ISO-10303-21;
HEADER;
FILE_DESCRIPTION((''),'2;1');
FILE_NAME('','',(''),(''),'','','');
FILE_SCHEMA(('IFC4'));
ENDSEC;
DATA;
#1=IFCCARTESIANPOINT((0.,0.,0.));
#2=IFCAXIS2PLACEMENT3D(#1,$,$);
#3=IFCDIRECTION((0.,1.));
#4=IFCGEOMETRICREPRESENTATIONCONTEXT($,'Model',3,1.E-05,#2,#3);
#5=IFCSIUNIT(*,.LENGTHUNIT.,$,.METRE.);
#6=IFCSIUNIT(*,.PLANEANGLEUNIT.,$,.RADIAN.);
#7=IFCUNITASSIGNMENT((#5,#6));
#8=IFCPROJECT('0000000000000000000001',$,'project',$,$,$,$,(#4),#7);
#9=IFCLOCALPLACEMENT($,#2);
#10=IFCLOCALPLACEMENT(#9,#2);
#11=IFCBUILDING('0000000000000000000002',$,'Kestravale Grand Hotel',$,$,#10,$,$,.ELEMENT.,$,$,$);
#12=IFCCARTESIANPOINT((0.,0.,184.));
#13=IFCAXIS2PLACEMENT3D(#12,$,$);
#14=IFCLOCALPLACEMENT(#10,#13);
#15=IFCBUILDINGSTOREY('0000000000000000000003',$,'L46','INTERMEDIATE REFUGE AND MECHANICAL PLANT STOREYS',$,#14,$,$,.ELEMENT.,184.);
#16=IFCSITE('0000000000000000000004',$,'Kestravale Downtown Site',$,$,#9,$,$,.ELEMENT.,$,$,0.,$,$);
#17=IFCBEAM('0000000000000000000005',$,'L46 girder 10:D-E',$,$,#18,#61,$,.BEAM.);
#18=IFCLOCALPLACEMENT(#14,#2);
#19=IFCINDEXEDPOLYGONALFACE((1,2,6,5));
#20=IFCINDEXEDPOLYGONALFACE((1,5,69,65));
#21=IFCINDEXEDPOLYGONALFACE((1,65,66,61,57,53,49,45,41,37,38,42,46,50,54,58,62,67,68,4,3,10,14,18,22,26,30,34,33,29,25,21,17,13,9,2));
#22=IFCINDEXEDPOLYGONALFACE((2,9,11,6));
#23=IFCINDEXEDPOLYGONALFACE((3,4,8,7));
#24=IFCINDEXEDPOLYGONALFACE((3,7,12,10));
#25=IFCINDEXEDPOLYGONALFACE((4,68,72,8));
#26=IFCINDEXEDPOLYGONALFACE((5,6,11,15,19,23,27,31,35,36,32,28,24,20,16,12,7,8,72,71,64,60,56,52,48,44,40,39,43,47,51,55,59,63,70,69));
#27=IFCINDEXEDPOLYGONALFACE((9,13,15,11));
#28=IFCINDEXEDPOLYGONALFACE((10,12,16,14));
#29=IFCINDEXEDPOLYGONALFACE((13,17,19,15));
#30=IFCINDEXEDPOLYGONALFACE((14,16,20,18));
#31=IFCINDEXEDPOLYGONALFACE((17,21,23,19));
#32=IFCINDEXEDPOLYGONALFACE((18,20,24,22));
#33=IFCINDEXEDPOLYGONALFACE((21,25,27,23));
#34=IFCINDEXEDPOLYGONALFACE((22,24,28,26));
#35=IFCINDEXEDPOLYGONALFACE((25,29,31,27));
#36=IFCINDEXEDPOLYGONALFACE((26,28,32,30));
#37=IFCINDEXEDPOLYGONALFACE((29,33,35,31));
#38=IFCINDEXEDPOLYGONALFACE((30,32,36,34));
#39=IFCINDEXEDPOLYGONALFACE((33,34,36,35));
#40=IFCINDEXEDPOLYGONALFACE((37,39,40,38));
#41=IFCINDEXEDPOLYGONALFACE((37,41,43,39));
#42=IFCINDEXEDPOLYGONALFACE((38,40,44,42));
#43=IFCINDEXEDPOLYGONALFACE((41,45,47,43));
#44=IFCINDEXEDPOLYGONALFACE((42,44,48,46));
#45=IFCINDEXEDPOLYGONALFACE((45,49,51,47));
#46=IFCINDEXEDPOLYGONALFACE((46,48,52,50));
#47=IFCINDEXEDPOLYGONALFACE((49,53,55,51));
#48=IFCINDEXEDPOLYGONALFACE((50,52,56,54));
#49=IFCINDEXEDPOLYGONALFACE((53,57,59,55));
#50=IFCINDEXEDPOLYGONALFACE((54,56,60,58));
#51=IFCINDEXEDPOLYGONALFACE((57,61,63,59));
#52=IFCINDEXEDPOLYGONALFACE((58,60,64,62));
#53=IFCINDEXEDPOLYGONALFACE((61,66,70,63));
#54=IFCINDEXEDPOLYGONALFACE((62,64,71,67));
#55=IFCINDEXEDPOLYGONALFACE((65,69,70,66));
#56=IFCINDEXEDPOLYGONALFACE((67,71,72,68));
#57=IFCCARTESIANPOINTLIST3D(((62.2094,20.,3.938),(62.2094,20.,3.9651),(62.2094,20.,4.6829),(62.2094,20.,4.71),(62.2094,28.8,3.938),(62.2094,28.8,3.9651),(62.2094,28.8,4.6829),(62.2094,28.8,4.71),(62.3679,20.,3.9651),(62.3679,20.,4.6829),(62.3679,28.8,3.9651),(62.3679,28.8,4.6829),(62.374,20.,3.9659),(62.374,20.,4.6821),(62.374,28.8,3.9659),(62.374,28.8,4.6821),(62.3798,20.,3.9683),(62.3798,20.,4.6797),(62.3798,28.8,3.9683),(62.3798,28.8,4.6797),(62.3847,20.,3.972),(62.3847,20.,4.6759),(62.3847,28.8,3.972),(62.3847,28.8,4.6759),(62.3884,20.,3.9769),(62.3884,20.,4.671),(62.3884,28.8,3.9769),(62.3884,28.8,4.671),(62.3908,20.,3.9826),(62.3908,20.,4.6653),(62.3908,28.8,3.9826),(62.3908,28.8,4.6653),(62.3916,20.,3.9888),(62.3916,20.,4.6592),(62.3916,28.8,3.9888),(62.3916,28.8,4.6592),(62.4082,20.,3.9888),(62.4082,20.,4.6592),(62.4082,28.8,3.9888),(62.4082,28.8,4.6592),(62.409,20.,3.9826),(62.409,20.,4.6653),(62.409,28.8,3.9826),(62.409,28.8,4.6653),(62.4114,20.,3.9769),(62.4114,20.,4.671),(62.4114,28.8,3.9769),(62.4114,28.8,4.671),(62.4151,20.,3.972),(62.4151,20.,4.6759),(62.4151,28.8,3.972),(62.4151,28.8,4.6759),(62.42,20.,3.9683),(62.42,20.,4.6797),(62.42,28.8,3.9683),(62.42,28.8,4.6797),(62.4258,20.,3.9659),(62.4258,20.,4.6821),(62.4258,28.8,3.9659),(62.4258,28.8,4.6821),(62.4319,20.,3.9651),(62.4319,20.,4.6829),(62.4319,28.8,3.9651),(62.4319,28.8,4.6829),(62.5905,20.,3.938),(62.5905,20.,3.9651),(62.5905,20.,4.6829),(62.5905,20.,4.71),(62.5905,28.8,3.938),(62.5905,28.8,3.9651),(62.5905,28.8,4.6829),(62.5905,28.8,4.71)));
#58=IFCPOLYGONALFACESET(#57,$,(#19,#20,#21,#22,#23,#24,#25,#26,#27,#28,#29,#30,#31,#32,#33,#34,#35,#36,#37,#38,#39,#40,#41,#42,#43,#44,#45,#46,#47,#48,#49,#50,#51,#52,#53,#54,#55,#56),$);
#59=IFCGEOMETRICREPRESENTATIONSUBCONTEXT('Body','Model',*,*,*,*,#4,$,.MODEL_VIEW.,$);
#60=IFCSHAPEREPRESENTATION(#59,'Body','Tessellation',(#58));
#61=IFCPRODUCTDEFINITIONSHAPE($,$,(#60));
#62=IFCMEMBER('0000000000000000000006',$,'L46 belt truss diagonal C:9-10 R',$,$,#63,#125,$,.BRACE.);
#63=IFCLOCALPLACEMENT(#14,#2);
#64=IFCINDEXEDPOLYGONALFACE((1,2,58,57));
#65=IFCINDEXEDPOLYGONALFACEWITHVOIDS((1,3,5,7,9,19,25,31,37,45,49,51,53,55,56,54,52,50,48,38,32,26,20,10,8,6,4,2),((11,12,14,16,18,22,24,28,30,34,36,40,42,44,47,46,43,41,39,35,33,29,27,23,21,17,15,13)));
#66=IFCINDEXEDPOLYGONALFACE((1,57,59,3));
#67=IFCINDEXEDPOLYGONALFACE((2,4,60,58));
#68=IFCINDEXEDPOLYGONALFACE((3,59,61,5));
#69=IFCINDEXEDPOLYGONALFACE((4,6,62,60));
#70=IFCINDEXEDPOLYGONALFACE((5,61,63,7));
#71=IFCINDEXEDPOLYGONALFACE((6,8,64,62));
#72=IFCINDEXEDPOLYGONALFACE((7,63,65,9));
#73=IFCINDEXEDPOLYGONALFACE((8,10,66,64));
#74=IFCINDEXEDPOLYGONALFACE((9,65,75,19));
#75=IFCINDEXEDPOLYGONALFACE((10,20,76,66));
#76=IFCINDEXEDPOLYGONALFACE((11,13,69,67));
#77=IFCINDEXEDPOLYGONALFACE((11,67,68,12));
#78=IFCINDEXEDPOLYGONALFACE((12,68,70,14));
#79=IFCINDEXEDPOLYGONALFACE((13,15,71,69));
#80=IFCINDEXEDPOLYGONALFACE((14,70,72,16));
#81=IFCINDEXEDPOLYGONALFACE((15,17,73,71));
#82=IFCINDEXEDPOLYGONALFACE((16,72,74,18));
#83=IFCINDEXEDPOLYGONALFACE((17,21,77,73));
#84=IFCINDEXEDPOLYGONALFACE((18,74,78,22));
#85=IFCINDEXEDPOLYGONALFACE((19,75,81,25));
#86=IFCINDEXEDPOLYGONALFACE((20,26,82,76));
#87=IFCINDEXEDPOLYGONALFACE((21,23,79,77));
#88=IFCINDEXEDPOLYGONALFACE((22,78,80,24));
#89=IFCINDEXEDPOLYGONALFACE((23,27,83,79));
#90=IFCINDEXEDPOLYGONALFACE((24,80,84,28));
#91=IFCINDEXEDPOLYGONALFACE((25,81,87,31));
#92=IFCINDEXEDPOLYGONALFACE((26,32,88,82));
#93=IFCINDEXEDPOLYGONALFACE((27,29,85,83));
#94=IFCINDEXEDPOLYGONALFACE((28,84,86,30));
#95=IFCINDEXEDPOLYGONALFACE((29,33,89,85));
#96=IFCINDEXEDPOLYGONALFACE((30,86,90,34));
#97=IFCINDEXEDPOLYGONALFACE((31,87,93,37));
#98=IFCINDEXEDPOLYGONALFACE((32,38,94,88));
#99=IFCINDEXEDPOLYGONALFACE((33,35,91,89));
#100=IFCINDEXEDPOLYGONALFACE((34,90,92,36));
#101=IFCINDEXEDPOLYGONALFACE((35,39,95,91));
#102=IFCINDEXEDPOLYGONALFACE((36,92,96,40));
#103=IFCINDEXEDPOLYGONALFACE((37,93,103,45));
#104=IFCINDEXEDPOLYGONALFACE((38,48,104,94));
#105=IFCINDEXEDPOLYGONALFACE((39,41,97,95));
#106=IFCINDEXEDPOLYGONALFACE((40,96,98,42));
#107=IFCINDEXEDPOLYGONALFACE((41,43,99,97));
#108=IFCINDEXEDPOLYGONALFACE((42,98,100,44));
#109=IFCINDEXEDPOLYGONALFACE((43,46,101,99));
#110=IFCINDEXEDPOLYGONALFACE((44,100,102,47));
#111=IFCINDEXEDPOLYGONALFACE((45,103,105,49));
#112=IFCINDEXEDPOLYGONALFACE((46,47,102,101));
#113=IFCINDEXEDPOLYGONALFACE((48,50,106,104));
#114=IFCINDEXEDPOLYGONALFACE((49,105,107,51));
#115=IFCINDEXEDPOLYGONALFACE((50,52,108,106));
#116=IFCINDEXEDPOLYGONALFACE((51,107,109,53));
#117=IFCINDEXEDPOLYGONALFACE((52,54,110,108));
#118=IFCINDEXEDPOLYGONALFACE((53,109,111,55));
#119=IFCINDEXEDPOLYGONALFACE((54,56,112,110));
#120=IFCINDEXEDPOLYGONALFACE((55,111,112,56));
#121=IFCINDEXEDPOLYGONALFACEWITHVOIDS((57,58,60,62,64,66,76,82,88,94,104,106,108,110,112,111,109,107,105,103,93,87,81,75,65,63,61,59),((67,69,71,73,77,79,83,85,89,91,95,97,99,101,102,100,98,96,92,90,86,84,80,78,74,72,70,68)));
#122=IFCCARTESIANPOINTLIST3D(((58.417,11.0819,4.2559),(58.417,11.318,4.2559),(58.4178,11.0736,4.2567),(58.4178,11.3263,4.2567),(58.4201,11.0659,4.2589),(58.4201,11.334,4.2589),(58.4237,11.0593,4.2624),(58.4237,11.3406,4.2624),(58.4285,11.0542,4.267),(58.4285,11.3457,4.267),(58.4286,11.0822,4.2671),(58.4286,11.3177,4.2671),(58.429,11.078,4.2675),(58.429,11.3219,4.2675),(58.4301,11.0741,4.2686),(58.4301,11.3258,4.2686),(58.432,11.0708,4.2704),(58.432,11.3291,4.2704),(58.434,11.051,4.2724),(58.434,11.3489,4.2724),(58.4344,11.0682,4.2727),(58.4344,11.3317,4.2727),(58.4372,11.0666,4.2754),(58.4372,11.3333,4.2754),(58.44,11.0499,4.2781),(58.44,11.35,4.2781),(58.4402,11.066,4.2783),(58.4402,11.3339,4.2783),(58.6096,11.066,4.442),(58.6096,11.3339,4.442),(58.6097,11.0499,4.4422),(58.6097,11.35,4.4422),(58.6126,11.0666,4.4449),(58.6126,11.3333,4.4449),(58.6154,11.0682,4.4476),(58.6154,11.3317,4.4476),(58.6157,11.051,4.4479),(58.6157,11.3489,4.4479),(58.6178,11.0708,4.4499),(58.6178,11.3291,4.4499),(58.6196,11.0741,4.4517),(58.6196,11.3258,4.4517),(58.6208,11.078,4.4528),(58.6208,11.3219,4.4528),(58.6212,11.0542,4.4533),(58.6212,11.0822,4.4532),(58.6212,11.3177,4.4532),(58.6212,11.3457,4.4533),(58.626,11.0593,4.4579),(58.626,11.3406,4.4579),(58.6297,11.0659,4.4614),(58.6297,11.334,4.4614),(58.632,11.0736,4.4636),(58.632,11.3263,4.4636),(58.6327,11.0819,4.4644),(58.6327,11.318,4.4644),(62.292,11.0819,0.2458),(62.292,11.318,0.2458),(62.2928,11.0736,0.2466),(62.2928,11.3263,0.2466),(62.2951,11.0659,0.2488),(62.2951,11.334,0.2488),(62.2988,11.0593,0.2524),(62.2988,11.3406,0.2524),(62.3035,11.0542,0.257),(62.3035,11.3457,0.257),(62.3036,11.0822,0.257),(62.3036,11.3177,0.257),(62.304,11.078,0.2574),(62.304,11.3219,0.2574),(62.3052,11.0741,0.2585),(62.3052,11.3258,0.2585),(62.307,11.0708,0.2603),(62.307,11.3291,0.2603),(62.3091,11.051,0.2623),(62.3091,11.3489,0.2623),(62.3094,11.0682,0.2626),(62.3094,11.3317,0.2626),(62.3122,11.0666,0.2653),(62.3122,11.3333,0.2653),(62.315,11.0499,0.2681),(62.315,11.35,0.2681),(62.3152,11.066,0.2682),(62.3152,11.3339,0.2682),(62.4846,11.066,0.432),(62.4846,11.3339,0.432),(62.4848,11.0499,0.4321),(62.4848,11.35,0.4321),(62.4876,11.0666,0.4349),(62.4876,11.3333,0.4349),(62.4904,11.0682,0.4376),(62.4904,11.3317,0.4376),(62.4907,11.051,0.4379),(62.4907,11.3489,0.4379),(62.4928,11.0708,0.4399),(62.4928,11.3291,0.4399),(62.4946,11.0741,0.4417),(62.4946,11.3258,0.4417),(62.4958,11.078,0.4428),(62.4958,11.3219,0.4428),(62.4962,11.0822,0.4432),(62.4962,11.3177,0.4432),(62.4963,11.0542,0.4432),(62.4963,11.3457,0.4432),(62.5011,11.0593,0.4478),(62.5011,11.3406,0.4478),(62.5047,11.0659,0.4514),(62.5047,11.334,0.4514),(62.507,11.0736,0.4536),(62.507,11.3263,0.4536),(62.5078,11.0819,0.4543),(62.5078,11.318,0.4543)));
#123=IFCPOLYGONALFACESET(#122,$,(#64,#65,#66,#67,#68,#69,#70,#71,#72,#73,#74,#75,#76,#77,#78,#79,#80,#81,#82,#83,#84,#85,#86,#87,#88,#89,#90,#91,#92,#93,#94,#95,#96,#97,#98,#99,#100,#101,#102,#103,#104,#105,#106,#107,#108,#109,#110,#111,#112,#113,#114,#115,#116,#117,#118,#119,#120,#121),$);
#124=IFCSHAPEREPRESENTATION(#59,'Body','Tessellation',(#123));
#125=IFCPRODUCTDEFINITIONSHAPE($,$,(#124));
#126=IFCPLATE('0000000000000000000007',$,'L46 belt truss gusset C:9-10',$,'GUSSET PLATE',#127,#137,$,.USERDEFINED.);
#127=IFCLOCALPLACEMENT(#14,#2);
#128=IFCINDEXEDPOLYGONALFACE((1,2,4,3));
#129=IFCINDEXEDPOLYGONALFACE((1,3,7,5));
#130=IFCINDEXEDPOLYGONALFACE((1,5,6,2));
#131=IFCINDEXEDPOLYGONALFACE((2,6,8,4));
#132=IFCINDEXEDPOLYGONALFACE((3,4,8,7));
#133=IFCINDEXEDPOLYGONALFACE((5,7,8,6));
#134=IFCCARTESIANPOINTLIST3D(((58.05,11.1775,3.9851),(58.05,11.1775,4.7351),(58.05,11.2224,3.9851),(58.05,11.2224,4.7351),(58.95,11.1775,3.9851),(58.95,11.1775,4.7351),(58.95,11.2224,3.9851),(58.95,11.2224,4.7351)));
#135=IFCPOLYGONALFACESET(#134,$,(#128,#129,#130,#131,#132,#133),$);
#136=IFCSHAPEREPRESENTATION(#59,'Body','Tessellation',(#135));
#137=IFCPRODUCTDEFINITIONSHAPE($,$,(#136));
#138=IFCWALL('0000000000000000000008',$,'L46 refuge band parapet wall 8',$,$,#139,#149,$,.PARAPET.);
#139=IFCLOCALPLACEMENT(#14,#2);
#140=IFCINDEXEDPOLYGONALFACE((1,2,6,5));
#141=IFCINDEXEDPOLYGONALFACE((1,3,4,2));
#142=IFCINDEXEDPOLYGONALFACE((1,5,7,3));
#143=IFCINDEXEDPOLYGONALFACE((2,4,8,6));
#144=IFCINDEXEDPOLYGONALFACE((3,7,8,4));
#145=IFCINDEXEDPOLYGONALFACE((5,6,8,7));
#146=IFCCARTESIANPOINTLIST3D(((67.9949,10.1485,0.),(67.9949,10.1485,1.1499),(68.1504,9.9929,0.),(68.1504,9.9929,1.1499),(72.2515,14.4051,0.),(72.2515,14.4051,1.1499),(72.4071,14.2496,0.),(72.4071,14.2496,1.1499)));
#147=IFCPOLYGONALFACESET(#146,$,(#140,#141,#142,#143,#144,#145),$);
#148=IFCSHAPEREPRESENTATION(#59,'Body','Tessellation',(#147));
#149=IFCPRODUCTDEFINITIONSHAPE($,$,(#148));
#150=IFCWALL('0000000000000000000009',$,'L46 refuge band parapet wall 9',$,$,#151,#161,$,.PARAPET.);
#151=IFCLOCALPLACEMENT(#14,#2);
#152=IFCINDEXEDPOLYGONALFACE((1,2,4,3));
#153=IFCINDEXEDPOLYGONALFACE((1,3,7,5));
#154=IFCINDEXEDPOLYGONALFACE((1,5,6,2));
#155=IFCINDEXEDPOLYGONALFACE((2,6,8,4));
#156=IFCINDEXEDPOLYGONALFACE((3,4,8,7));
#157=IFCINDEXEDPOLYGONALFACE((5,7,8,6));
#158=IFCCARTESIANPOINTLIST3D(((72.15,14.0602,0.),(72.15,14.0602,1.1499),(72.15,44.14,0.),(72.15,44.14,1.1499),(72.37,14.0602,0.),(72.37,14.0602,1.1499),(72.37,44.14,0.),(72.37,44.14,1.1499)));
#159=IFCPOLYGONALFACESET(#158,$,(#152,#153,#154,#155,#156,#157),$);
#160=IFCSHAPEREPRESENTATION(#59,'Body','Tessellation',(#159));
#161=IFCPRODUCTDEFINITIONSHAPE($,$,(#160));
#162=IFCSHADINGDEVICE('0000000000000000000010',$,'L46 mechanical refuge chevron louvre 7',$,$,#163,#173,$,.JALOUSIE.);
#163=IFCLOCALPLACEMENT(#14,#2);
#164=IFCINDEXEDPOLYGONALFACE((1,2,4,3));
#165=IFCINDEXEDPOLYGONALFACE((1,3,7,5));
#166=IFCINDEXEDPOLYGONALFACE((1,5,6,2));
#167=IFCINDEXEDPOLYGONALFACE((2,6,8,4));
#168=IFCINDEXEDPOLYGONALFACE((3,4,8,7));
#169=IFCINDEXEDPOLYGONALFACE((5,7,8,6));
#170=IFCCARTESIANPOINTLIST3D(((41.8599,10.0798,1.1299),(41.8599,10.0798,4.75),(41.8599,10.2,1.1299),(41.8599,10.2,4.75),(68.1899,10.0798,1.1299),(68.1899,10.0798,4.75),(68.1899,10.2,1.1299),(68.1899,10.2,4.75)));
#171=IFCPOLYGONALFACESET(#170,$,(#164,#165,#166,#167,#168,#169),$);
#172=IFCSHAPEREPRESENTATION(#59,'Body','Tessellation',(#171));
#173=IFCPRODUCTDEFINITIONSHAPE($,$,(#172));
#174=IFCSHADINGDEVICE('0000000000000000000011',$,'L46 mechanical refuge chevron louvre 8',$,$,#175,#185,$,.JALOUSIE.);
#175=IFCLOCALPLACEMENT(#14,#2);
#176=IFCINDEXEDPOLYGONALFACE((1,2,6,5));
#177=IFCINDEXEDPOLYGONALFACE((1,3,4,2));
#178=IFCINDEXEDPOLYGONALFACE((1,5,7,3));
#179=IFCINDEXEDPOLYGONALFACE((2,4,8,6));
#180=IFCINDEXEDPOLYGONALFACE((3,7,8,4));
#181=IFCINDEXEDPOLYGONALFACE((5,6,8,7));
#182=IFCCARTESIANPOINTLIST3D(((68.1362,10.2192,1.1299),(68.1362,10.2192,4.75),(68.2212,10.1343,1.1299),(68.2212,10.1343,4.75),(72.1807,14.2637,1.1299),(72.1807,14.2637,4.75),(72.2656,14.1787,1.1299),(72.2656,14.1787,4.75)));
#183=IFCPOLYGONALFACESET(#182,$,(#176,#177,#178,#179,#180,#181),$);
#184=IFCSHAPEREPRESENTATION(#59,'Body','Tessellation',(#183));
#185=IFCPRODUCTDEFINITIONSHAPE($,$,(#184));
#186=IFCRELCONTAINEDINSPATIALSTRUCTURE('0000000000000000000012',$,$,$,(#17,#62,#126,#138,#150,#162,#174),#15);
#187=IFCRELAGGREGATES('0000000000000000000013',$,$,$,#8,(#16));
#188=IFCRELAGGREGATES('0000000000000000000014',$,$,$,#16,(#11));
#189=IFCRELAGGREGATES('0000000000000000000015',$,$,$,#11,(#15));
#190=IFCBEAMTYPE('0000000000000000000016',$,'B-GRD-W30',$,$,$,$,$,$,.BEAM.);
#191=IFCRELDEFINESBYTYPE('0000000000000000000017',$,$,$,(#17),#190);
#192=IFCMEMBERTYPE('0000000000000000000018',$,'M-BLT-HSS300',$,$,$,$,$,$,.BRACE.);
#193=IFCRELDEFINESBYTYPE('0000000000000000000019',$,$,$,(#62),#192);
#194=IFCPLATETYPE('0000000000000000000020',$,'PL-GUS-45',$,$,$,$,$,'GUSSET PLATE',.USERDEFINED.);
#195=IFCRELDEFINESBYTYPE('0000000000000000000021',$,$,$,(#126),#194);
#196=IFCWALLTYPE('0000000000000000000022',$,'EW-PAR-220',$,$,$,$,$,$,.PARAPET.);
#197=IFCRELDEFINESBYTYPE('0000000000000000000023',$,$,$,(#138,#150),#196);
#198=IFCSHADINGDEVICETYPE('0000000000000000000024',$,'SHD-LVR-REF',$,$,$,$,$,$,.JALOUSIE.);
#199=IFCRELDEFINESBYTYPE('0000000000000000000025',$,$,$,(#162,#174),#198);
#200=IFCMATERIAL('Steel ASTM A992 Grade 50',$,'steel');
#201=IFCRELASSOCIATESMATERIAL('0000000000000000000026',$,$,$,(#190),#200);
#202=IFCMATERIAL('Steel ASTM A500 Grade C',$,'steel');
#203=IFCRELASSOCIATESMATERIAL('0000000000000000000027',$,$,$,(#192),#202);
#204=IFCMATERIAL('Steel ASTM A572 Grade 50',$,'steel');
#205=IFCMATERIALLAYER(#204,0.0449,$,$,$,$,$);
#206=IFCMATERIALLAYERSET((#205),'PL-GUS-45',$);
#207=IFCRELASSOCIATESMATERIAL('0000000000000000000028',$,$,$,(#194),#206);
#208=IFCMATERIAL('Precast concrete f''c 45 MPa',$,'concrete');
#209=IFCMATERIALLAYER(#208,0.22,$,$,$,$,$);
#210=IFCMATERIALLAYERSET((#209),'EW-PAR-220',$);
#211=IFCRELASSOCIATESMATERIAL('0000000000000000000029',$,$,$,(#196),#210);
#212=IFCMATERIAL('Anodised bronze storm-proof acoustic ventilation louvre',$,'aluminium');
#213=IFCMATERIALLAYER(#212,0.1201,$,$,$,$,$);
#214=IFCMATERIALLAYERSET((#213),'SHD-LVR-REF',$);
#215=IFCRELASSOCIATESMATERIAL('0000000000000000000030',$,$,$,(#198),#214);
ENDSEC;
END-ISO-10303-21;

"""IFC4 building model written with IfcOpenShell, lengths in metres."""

from ifc_helpers import new_model, si_unit, direction, frame, frame_2d, origin, origin_2d, place, context, subcontext, project, spatial, rectangle, hollow_rectangle, i_section, extrude, material, layer, layer_set, material_profile, profile_set, type_object, element, save


model = new_model("IFC4")

# Units and contexts
model_context = context("Model", 3, precision=1e-05, world=origin(), true_north=direction((0.0, 1.0)))
body_context = subcontext(model_context, "Body", "Model", "MODEL_VIEW")
ifc_project = project(units=[si_unit("LENGTHUNIT", "METRE"), si_unit("PLANEANGLEUNIT", "RADIAN")], contexts=[model_context])

# Site, building, storey
site_placement = place(None, origin())
site = spatial("IfcSite", under=ifc_project, at=site_placement, Name="Kestravale Downtown Site", CompositionType="ELEMENT", RefElevation=0.0)
building_placement = place(site_placement, origin())
building = spatial("IfcBuilding", under=site, at=building_placement, Name="Kestravale Grand Hotel", CompositionType="ELEMENT")
storey_placement = place(building_placement, frame((0.0, 0.0, 184.0)))
storey = spatial("IfcBuildingStorey", under=building, at=storey_placement, Name="L46", Description="INTERMEDIATE REFUGE AND MECHANICAL PLANT STOREYS", CompositionType="ELEMENT", Elevation=184.0)

# Beam
ifc_material_1 = material(Name="Steel ASTM A992 Grade 50", Category="steel")
ifc_material_profile_1 = material_profile(ifc_material_1, i_section(OverallWidth=0.3811, OverallDepth=0.772, WebThickness=0.0166, FlangeThickness=0.0271, FilletRadius=0.0237, at=origin_2d()))
ifc_profile_set_1 = profile_set([ifc_material_profile_1], Name="Steel ASTM A992 Grade 50")
beam_type_1 = type_object("IfcBeamType", Name="B-GRD-W30", PredefinedType="BEAM", material=ifc_profile_set_1)
beam_1_placement = place(storey_placement, frame((62.3999, 20.0, 4.324), z_axis=(0.0, 1.0, 0.0), x_axis=(-1.0, 0.0, 0.0)))
element("IfcBeam", 1, at=beam_1_placement, inside=storey, type_object=beam_type_1, Name="L46 girder 10:D-E", PredefinedType="BEAM", context=body_context, shape_type="SweptSolid", body=[
    extrude(i_section(OverallWidth=0.3811, OverallDepth=0.772, WebThickness=0.0166, FlangeThickness=0.0271, FilletRadius=0.0237, at=origin_2d()), origin(), (0.0, 0.0, 1.0), 8.8),
])

# Member
ifc_material_2 = material(Name="Steel ASTM A500 Grade C", Category="steel")
ifc_material_profile_2 = material_profile(ifc_material_2, hollow_rectangle(XDim=0.3, YDim=0.3, WallThickness=0.0161, InnerFilletRadius=0.0161, OuterFilletRadius=0.032, at=origin_2d()))
ifc_profile_set_2 = profile_set([ifc_material_profile_2], Name="Steel ASTM A500 Grade C")
member_type = type_object("IfcMemberType", Name="M-BLT-HSS300", PredefinedType="BRACE", material=ifc_profile_set_2)
member_placement = place(storey_placement, frame((62.3999, 11.2, 0.3501), z_axis=(-0.694898, 0.0, 0.719109), x_axis=(0.0, -1.0, 0.0)))
element("IfcMember", 2, at=member_placement, inside=storey, type_object=member_type, Name="L46 belt truss diagonal C:9-10 R", PredefinedType="BRACE", context=body_context, shape_type="SweptSolid", body=[
    extrude(hollow_rectangle(XDim=0.3, YDim=0.3, WallThickness=0.0161, InnerFilletRadius=0.0161, OuterFilletRadius=0.032, at=origin_2d()), origin(), (0.0, 0.0, 1.0), 5.5764),
])

# Plate
ifc_material_3 = material(Name="Steel ASTM A572 Grade 50", Category="steel")
ifc_layer_1 = layer(ifc_material_3, 0.0449)
ifc_layer_set_1 = layer_set([ifc_layer_1], Name="PL-GUS-45")
plate_type = type_object("IfcPlateType", Name="PL-GUS-45", ElementType="GUSSET PLATE", PredefinedType="USERDEFINED", material=ifc_layer_set_1)
plate_placement = place(storey_placement, frame((58.5, 11.2, 3.9851), z_axis=(0.0, 0.0, 1.0), x_axis=(1.0, 0.0, 0.0)))
element("IfcPlate", 3, at=plate_placement, inside=storey, type_object=plate_type, Name="L46 belt truss gusset C:9-10", ObjectType="GUSSET PLATE", PredefinedType="USERDEFINED", context=body_context, shape_type="SweptSolid", body=[
    extrude(rectangle(XDim=0.8999, YDim=0.0449, at=origin_2d()), origin(), (0.0, 0.0, 1.0), 0.75),
])

# Walls
ifc_material_4 = material(Name="Precast concrete f'c 45 MPa", Category="concrete")
ifc_layer_2 = layer(ifc_material_4, 0.22)
ifc_layer_set_2 = layer_set([ifc_layer_2], Name="EW-PAR-220")
wall_type = type_object("IfcWallType", Name="EW-PAR-220", PredefinedType="PARAPET", material=ifc_layer_set_2)
wall_1_placement = place(storey_placement, frame((68.0728, 10.0708, 0.0), z_axis=(0.0, 0.0, 1.0), x_axis=(0.707107, 0.707107, 0.0)))
element("IfcWall", 4, at=wall_1_placement, inside=storey, type_object=wall_type, Name="L46 refuge band parapet wall 8", PredefinedType="PARAPET", context=body_context, shape_type="SweptSolid", body=[
    extrude(rectangle(XDim=6.0198, YDim=0.22, at=frame_2d((3.0098, 0.0))), origin(), (0.0, 0.0, 1.0), 1.1499),
])
wall_2_placement = place(storey_placement, frame((72.26, 14.0601, 0.0), z_axis=(0.0, 0.0, 1.0), x_axis=(0.0, 1.0, 0.0)))
element("IfcWall", 5, at=wall_2_placement, inside=storey, type_object=wall_type, Name="L46 refuge band parapet wall 9", PredefinedType="PARAPET", context=body_context, shape_type="SweptSolid", body=[
    extrude(rectangle(XDim=30.0798, YDim=0.22, at=frame_2d((15.04, 0.0))), origin(), (0.0, 0.0, 1.0), 1.1499),
])

# Shading devices
ifc_material_5 = material(Name="Anodised bronze storm-proof acoustic ventilation louvre", Category="aluminium")
ifc_layer_3 = layer(ifc_material_5, 0.1201)
ifc_layer_set_3 = layer_set([ifc_layer_3], Name="SHD-LVR-REF")
shading_device_type = type_object("IfcShadingDeviceType", Name="SHD-LVR-REF", PredefinedType="JALOUSIE", material=ifc_layer_set_3)
shading_device_1_placement = place(storey_placement, frame((55.0249, 10.1399, 1.1299), z_axis=(0.0, 0.0, 1.0), x_axis=(1.0, 0.0, 0.0)))
element("IfcShadingDevice", 6, at=shading_device_1_placement, inside=storey, type_object=shading_device_type, Name="L46 mechanical refuge chevron louvre 7", PredefinedType="JALOUSIE", context=body_context, shape_type="SweptSolid", body=[
    extrude(rectangle(XDim=26.3301, YDim=0.1201, at=origin_2d()), origin(), (0.0, 0.0, 1.0), 3.6201),
])
shading_device_2_placement = place(storey_placement, frame((70.2009, 12.199, 1.1299), z_axis=(0.0, 0.0, 1.0), x_axis=(0.707107, 0.707107, 0.0)))
element("IfcShadingDevice", 7, at=shading_device_2_placement, inside=storey, type_object=shading_device_type, Name="L46 mechanical refuge chevron louvre 8", PredefinedType="JALOUSIE", context=body_context, shape_type="SweptSolid", body=[
    extrude(rectangle(XDim=5.7197, YDim=0.1201, at=origin_2d()), origin(), (0.0, 0.0, 1.0), 3.6201),
])

save(model, "model.ifc")
